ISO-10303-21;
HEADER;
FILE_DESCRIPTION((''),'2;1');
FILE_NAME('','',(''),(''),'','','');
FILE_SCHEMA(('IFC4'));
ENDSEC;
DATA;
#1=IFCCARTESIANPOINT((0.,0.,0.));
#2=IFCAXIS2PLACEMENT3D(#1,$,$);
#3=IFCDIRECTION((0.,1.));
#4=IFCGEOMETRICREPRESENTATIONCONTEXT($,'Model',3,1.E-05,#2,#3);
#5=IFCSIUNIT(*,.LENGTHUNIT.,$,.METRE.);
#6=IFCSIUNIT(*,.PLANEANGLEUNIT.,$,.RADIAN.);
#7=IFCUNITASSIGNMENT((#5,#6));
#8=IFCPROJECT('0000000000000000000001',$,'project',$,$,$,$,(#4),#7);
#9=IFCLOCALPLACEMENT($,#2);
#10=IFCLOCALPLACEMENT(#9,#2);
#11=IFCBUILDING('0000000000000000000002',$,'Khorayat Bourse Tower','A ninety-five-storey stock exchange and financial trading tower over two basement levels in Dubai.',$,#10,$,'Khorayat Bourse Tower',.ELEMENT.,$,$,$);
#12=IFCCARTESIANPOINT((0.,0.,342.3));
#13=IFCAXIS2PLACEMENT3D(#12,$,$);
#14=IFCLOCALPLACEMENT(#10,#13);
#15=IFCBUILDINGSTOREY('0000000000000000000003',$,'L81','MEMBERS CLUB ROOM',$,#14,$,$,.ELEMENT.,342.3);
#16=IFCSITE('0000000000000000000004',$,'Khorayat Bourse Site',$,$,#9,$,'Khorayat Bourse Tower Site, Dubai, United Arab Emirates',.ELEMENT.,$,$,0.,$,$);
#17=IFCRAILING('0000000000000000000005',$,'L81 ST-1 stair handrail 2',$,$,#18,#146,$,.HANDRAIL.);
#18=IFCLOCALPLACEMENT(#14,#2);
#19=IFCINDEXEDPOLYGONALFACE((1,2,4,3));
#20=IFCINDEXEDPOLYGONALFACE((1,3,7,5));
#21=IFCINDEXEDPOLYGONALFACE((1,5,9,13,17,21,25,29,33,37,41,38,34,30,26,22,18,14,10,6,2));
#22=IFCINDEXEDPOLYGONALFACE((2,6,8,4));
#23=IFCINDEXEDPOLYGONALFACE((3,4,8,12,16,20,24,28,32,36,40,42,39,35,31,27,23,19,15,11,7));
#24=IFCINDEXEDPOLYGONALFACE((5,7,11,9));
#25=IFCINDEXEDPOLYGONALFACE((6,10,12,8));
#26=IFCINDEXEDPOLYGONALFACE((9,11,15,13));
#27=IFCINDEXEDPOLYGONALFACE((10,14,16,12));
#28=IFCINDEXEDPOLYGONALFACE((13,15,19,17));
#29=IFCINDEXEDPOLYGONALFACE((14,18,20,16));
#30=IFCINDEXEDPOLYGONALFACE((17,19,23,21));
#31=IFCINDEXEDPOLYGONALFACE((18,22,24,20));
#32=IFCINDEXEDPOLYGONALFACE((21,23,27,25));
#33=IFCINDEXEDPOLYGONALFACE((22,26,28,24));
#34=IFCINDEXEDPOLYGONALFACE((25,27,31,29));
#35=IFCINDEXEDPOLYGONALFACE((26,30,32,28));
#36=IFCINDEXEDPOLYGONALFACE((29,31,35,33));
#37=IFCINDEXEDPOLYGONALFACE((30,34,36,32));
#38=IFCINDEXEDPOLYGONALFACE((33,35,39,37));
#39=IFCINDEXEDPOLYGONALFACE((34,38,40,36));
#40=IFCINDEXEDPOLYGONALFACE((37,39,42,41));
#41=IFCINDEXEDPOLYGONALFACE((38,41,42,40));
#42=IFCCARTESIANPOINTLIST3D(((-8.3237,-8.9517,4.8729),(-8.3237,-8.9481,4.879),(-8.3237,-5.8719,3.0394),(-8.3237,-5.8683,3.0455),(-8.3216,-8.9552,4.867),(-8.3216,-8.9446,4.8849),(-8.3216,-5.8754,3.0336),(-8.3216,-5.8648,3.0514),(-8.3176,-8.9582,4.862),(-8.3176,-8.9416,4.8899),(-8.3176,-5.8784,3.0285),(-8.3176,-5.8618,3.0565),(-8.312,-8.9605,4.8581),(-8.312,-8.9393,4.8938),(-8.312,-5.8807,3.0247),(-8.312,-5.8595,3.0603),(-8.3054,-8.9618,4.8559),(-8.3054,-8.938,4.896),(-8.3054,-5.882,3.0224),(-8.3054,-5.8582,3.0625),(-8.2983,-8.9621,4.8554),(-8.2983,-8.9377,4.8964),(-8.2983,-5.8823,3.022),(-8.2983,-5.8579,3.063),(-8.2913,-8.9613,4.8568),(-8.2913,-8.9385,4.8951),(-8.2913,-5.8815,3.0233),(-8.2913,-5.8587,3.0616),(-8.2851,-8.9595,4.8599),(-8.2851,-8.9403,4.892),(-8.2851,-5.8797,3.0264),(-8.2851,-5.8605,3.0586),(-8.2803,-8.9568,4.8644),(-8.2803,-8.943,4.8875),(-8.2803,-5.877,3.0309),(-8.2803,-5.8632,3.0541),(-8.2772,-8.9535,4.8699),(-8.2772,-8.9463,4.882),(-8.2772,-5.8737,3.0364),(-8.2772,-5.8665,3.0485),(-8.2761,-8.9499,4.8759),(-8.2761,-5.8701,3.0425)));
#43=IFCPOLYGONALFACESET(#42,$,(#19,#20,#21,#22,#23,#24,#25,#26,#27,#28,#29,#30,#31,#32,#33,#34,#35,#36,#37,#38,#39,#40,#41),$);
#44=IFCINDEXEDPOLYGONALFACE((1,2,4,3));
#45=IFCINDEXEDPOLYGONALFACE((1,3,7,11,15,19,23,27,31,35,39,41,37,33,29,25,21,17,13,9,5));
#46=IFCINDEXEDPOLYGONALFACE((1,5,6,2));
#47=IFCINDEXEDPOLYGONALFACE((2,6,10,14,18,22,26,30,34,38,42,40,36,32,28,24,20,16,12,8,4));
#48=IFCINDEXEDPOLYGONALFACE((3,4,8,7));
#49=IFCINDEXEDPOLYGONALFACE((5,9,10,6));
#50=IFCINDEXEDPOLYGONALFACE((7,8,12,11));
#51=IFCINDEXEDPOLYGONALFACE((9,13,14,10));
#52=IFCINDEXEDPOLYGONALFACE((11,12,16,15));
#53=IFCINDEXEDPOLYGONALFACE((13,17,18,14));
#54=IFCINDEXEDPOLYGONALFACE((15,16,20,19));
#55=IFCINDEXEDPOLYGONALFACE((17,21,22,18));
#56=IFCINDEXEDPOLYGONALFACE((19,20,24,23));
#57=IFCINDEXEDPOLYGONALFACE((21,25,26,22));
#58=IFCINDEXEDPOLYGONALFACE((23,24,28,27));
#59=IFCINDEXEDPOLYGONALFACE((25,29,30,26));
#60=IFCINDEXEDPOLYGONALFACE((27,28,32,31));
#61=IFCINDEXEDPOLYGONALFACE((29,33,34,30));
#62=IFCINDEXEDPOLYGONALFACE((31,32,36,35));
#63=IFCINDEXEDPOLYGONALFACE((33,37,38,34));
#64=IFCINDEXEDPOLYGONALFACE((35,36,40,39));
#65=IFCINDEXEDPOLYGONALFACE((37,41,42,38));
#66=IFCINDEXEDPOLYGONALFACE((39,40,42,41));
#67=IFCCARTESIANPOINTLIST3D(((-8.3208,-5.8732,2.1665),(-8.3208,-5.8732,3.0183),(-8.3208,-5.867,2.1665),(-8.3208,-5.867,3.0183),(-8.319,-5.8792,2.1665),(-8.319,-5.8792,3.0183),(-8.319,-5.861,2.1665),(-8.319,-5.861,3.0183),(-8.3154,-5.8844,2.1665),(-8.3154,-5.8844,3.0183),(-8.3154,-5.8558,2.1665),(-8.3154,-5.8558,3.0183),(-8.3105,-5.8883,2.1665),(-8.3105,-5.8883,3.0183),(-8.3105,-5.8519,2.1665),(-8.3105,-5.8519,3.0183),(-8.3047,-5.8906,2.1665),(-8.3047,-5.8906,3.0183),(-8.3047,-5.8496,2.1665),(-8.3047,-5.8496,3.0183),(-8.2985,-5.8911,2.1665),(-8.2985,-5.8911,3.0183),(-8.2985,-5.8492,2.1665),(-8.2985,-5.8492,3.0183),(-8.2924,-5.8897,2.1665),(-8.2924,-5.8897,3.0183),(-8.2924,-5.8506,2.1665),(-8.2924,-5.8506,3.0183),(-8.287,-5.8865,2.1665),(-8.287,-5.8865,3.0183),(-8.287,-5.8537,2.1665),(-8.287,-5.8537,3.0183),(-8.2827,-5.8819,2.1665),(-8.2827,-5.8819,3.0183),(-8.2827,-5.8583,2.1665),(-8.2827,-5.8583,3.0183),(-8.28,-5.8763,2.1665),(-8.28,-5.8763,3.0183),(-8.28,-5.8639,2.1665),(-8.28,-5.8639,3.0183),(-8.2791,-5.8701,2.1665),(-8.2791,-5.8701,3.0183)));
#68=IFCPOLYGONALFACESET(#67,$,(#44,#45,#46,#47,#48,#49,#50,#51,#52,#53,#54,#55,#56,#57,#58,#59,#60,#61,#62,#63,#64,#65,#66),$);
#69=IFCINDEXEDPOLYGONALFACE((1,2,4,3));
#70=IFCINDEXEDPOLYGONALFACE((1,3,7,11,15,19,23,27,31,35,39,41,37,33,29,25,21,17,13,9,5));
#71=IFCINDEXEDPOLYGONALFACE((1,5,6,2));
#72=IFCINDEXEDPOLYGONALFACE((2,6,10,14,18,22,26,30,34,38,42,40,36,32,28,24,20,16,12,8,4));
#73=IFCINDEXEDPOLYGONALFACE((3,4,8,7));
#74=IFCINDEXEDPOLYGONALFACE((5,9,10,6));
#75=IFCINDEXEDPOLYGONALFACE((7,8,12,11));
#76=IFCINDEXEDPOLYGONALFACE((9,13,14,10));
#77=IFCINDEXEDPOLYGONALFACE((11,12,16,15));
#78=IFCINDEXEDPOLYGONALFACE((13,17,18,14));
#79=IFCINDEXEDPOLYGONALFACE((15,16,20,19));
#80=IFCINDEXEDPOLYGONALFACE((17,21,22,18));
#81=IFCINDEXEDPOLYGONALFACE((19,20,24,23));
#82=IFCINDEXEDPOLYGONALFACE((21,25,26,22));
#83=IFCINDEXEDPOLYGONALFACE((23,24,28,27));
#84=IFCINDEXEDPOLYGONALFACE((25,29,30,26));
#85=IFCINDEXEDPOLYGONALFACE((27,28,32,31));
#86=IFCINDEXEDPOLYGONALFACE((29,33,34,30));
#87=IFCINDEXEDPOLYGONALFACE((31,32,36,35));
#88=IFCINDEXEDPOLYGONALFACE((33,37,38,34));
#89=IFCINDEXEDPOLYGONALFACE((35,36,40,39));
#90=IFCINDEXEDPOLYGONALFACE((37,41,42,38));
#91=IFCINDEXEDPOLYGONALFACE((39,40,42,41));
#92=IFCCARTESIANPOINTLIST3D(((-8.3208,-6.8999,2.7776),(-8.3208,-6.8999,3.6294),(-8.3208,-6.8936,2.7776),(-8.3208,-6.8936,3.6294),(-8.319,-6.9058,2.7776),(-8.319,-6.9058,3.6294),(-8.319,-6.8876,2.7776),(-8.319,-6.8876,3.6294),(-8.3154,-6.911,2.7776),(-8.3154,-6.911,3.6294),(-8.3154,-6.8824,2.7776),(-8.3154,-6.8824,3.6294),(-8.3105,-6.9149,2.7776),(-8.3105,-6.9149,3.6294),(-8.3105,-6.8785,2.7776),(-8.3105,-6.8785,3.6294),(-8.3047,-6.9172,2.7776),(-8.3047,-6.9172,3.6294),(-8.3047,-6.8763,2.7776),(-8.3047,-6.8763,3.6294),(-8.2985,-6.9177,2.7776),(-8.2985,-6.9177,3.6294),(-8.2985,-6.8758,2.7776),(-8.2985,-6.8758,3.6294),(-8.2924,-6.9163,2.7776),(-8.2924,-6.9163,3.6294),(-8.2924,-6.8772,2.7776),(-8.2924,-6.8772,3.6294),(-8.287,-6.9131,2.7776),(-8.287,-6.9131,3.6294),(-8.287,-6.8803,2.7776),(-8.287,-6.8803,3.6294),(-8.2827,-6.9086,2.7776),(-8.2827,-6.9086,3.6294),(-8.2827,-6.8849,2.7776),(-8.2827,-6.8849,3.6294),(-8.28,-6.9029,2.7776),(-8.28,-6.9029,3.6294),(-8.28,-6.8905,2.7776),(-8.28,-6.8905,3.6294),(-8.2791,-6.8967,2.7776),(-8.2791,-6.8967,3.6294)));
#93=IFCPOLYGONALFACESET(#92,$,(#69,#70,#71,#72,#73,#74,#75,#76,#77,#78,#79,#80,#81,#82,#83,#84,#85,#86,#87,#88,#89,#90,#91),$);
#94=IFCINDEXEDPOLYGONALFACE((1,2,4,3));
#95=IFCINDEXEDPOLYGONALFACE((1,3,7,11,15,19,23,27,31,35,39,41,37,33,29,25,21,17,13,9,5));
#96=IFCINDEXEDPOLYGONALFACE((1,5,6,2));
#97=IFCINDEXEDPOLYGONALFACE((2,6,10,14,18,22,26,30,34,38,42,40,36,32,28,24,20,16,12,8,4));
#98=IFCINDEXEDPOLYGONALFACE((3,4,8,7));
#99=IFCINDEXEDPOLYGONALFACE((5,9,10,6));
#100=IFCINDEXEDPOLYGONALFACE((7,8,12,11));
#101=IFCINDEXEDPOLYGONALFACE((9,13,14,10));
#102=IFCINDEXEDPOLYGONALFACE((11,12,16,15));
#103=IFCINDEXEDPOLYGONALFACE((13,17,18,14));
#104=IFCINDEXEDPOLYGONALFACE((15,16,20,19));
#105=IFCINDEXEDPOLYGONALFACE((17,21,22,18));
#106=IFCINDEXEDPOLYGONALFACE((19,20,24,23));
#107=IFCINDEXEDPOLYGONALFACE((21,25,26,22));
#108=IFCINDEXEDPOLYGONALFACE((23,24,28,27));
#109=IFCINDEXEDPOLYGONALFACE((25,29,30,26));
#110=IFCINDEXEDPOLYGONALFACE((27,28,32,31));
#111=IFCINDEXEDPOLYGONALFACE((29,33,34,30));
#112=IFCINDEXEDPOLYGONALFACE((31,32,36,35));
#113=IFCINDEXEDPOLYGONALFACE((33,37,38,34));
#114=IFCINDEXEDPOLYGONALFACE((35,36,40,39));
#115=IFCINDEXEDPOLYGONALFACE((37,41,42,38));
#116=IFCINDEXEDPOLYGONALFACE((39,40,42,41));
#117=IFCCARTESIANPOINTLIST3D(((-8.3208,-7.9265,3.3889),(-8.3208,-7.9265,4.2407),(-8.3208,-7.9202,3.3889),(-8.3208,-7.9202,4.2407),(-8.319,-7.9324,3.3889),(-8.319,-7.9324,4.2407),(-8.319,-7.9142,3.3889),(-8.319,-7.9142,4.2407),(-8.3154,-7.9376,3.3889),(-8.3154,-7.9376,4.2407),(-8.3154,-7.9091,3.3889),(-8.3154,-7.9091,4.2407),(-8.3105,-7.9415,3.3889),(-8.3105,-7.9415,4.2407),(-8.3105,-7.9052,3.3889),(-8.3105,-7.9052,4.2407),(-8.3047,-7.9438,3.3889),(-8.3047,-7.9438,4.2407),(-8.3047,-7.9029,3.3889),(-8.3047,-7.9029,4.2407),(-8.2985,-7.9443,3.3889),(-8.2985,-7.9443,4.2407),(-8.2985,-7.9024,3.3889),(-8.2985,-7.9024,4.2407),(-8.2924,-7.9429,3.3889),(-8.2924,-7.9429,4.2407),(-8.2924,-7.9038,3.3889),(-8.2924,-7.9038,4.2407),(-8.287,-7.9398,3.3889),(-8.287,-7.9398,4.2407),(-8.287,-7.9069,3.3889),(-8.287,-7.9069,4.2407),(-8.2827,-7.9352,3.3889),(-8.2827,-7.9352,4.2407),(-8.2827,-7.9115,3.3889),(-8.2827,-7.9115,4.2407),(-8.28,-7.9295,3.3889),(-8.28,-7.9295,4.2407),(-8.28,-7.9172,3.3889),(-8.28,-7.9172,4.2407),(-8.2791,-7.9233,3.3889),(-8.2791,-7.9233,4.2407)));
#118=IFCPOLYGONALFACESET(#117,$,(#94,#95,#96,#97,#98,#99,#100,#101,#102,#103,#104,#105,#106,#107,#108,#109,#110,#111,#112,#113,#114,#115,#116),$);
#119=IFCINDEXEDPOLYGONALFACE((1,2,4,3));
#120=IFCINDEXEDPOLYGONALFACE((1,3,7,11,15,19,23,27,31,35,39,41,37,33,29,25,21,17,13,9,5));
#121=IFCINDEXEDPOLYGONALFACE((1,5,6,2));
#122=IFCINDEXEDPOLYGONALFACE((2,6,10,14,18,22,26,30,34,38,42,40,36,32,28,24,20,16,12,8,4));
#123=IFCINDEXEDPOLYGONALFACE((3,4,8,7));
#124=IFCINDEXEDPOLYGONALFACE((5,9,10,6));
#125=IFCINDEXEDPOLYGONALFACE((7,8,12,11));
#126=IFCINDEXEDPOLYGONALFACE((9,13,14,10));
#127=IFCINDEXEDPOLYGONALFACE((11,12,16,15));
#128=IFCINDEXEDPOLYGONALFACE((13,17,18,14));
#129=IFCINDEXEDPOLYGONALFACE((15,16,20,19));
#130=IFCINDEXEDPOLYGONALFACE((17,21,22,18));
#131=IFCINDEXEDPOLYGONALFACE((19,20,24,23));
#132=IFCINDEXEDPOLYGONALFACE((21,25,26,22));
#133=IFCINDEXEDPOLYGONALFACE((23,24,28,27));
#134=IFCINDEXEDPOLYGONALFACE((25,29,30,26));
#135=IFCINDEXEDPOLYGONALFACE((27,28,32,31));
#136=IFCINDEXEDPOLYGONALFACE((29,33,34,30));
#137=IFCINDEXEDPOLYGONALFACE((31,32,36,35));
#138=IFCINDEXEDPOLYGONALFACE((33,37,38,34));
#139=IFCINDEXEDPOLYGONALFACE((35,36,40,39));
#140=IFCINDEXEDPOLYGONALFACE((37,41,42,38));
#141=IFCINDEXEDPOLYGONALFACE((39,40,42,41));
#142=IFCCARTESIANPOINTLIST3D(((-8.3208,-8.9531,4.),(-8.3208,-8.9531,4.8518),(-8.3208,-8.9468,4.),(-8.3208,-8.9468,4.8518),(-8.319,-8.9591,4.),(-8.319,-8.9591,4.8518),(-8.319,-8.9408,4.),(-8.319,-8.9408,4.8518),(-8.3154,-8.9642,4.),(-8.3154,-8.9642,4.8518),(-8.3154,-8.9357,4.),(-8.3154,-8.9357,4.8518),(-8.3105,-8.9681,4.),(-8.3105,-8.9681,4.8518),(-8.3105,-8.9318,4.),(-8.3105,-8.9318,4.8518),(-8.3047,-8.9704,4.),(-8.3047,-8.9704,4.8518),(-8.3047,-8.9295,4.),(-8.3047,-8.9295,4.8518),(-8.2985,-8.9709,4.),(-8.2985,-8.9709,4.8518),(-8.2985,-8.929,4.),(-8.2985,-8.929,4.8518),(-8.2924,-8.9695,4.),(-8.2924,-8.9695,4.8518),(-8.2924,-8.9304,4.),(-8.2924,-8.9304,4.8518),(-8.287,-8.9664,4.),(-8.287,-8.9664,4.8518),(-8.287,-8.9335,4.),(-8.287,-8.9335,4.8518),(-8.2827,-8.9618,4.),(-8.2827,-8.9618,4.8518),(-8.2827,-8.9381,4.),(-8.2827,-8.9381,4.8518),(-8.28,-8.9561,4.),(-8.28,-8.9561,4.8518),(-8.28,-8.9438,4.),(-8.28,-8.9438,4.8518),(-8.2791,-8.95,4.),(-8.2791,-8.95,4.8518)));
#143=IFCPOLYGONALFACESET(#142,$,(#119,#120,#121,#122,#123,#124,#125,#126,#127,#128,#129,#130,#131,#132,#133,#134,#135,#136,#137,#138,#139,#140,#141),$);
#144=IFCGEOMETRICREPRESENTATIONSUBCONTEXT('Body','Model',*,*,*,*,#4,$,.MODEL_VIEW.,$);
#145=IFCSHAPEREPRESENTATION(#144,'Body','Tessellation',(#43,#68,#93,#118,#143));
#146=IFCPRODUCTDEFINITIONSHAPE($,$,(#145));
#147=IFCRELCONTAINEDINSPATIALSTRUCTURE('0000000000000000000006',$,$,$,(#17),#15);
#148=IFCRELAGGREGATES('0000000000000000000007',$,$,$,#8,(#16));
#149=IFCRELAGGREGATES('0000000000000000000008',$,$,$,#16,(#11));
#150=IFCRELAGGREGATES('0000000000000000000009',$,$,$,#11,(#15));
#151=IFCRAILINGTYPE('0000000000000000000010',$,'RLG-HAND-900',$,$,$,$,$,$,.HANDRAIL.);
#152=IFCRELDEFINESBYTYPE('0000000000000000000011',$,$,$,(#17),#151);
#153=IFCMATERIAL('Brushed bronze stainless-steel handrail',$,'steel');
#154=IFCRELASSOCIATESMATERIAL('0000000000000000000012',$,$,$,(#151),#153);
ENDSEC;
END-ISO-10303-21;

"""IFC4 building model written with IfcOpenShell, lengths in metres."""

from ifc_helpers import new_model, si_unit, direction, frame, origin, origin_2d, place, context, subcontext, project, spatial, circle, extrude, source, transform, mapped, material, type_object, element, save


model = new_model("IFC4")

# Units and contexts
model_context = context("Model", 3, precision=1e-05, world=origin(), true_north=direction((0.0, 1.0)))
body_context = subcontext(model_context, "Body", "Model", "MODEL_VIEW")
ifc_project = project(units=[si_unit("LENGTHUNIT", "METRE"), si_unit("PLANEANGLEUNIT", "RADIAN")], contexts=[model_context])

# Site, building, storey
site_placement = place(None, origin())
site = spatial("IfcSite", under=ifc_project, at=site_placement, Name="Khorayat Bourse Site", LongName="Khorayat Bourse Tower Site, Dubai, United Arab Emirates", CompositionType="ELEMENT", RefElevation=0.0)
building_placement = place(site_placement, origin())
building = spatial("IfcBuilding", under=site, at=building_placement, Name="Khorayat Bourse Tower", Description="A ninety-five-storey stock exchange and financial trading tower over two basement levels in Dubai.", LongName="Khorayat Bourse Tower", CompositionType="ELEMENT")
storey_placement = place(building_placement, frame((0.0, 0.0, 342.3)))
storey = spatial("IfcBuildingStorey", under=building, at=storey_placement, Name="L81", Description="MEMBERS CLUB ROOM", CompositionType="ELEMENT", Elevation=342.3)

# Railing
ifc_material_1 = material(Name="Brushed bronze stainless-steel handrail", Category="steel")
railing_type_1 = type_object("IfcRailingType", Name="RLG-HAND-900", PredefinedType="HANDRAIL", material=ifc_material_1)
shared_shape_1 = source(origin(), body_context, "Body", "SweptSolid", [
    extrude(circle(Radius=0.0239, at=origin_2d()), frame((0.0, 0.0, 0.876), z_axis=(0.0, -0.859261, 0.511538), x_axis=(1.0, 0.0, 0.0)), (0.0, 0.0, 1.0), 3.5842),
    extrude(circle(Radius=0.021, at=origin_2d()), origin(), (0.0, 0.0, 1.0), 0.8518),
    extrude(circle(Radius=0.021, at=origin_2d()), frame((0.0, -1.0266, 0.6111)), (0.0, 0.0, 1.0), 0.8518),
    extrude(circle(Radius=0.021, at=origin_2d()), frame((0.0, -2.0532, 1.2224)), (0.0, 0.0, 1.0), 0.8518),
    extrude(circle(Radius=0.021, at=origin_2d()), frame((0.0, -3.0798, 1.8335)), (0.0, 0.0, 1.0), 0.8518),
])
railing_1_placement = place(storey_placement, frame((-8.3, -5.8701, 2.1665)))
element("IfcRailing", 1, at=railing_1_placement, inside=storey, type_object=railing_type_1, Name="L81 ST-1 stair handrail 2", PredefinedType="HANDRAIL", context=body_context, shape_type="MappedRepresentation", body=[
    mapped(shared_shape_1, transform((0.0, 0.0, 0.0), scale=1.0)),
])

save(model, "model.ifc")
